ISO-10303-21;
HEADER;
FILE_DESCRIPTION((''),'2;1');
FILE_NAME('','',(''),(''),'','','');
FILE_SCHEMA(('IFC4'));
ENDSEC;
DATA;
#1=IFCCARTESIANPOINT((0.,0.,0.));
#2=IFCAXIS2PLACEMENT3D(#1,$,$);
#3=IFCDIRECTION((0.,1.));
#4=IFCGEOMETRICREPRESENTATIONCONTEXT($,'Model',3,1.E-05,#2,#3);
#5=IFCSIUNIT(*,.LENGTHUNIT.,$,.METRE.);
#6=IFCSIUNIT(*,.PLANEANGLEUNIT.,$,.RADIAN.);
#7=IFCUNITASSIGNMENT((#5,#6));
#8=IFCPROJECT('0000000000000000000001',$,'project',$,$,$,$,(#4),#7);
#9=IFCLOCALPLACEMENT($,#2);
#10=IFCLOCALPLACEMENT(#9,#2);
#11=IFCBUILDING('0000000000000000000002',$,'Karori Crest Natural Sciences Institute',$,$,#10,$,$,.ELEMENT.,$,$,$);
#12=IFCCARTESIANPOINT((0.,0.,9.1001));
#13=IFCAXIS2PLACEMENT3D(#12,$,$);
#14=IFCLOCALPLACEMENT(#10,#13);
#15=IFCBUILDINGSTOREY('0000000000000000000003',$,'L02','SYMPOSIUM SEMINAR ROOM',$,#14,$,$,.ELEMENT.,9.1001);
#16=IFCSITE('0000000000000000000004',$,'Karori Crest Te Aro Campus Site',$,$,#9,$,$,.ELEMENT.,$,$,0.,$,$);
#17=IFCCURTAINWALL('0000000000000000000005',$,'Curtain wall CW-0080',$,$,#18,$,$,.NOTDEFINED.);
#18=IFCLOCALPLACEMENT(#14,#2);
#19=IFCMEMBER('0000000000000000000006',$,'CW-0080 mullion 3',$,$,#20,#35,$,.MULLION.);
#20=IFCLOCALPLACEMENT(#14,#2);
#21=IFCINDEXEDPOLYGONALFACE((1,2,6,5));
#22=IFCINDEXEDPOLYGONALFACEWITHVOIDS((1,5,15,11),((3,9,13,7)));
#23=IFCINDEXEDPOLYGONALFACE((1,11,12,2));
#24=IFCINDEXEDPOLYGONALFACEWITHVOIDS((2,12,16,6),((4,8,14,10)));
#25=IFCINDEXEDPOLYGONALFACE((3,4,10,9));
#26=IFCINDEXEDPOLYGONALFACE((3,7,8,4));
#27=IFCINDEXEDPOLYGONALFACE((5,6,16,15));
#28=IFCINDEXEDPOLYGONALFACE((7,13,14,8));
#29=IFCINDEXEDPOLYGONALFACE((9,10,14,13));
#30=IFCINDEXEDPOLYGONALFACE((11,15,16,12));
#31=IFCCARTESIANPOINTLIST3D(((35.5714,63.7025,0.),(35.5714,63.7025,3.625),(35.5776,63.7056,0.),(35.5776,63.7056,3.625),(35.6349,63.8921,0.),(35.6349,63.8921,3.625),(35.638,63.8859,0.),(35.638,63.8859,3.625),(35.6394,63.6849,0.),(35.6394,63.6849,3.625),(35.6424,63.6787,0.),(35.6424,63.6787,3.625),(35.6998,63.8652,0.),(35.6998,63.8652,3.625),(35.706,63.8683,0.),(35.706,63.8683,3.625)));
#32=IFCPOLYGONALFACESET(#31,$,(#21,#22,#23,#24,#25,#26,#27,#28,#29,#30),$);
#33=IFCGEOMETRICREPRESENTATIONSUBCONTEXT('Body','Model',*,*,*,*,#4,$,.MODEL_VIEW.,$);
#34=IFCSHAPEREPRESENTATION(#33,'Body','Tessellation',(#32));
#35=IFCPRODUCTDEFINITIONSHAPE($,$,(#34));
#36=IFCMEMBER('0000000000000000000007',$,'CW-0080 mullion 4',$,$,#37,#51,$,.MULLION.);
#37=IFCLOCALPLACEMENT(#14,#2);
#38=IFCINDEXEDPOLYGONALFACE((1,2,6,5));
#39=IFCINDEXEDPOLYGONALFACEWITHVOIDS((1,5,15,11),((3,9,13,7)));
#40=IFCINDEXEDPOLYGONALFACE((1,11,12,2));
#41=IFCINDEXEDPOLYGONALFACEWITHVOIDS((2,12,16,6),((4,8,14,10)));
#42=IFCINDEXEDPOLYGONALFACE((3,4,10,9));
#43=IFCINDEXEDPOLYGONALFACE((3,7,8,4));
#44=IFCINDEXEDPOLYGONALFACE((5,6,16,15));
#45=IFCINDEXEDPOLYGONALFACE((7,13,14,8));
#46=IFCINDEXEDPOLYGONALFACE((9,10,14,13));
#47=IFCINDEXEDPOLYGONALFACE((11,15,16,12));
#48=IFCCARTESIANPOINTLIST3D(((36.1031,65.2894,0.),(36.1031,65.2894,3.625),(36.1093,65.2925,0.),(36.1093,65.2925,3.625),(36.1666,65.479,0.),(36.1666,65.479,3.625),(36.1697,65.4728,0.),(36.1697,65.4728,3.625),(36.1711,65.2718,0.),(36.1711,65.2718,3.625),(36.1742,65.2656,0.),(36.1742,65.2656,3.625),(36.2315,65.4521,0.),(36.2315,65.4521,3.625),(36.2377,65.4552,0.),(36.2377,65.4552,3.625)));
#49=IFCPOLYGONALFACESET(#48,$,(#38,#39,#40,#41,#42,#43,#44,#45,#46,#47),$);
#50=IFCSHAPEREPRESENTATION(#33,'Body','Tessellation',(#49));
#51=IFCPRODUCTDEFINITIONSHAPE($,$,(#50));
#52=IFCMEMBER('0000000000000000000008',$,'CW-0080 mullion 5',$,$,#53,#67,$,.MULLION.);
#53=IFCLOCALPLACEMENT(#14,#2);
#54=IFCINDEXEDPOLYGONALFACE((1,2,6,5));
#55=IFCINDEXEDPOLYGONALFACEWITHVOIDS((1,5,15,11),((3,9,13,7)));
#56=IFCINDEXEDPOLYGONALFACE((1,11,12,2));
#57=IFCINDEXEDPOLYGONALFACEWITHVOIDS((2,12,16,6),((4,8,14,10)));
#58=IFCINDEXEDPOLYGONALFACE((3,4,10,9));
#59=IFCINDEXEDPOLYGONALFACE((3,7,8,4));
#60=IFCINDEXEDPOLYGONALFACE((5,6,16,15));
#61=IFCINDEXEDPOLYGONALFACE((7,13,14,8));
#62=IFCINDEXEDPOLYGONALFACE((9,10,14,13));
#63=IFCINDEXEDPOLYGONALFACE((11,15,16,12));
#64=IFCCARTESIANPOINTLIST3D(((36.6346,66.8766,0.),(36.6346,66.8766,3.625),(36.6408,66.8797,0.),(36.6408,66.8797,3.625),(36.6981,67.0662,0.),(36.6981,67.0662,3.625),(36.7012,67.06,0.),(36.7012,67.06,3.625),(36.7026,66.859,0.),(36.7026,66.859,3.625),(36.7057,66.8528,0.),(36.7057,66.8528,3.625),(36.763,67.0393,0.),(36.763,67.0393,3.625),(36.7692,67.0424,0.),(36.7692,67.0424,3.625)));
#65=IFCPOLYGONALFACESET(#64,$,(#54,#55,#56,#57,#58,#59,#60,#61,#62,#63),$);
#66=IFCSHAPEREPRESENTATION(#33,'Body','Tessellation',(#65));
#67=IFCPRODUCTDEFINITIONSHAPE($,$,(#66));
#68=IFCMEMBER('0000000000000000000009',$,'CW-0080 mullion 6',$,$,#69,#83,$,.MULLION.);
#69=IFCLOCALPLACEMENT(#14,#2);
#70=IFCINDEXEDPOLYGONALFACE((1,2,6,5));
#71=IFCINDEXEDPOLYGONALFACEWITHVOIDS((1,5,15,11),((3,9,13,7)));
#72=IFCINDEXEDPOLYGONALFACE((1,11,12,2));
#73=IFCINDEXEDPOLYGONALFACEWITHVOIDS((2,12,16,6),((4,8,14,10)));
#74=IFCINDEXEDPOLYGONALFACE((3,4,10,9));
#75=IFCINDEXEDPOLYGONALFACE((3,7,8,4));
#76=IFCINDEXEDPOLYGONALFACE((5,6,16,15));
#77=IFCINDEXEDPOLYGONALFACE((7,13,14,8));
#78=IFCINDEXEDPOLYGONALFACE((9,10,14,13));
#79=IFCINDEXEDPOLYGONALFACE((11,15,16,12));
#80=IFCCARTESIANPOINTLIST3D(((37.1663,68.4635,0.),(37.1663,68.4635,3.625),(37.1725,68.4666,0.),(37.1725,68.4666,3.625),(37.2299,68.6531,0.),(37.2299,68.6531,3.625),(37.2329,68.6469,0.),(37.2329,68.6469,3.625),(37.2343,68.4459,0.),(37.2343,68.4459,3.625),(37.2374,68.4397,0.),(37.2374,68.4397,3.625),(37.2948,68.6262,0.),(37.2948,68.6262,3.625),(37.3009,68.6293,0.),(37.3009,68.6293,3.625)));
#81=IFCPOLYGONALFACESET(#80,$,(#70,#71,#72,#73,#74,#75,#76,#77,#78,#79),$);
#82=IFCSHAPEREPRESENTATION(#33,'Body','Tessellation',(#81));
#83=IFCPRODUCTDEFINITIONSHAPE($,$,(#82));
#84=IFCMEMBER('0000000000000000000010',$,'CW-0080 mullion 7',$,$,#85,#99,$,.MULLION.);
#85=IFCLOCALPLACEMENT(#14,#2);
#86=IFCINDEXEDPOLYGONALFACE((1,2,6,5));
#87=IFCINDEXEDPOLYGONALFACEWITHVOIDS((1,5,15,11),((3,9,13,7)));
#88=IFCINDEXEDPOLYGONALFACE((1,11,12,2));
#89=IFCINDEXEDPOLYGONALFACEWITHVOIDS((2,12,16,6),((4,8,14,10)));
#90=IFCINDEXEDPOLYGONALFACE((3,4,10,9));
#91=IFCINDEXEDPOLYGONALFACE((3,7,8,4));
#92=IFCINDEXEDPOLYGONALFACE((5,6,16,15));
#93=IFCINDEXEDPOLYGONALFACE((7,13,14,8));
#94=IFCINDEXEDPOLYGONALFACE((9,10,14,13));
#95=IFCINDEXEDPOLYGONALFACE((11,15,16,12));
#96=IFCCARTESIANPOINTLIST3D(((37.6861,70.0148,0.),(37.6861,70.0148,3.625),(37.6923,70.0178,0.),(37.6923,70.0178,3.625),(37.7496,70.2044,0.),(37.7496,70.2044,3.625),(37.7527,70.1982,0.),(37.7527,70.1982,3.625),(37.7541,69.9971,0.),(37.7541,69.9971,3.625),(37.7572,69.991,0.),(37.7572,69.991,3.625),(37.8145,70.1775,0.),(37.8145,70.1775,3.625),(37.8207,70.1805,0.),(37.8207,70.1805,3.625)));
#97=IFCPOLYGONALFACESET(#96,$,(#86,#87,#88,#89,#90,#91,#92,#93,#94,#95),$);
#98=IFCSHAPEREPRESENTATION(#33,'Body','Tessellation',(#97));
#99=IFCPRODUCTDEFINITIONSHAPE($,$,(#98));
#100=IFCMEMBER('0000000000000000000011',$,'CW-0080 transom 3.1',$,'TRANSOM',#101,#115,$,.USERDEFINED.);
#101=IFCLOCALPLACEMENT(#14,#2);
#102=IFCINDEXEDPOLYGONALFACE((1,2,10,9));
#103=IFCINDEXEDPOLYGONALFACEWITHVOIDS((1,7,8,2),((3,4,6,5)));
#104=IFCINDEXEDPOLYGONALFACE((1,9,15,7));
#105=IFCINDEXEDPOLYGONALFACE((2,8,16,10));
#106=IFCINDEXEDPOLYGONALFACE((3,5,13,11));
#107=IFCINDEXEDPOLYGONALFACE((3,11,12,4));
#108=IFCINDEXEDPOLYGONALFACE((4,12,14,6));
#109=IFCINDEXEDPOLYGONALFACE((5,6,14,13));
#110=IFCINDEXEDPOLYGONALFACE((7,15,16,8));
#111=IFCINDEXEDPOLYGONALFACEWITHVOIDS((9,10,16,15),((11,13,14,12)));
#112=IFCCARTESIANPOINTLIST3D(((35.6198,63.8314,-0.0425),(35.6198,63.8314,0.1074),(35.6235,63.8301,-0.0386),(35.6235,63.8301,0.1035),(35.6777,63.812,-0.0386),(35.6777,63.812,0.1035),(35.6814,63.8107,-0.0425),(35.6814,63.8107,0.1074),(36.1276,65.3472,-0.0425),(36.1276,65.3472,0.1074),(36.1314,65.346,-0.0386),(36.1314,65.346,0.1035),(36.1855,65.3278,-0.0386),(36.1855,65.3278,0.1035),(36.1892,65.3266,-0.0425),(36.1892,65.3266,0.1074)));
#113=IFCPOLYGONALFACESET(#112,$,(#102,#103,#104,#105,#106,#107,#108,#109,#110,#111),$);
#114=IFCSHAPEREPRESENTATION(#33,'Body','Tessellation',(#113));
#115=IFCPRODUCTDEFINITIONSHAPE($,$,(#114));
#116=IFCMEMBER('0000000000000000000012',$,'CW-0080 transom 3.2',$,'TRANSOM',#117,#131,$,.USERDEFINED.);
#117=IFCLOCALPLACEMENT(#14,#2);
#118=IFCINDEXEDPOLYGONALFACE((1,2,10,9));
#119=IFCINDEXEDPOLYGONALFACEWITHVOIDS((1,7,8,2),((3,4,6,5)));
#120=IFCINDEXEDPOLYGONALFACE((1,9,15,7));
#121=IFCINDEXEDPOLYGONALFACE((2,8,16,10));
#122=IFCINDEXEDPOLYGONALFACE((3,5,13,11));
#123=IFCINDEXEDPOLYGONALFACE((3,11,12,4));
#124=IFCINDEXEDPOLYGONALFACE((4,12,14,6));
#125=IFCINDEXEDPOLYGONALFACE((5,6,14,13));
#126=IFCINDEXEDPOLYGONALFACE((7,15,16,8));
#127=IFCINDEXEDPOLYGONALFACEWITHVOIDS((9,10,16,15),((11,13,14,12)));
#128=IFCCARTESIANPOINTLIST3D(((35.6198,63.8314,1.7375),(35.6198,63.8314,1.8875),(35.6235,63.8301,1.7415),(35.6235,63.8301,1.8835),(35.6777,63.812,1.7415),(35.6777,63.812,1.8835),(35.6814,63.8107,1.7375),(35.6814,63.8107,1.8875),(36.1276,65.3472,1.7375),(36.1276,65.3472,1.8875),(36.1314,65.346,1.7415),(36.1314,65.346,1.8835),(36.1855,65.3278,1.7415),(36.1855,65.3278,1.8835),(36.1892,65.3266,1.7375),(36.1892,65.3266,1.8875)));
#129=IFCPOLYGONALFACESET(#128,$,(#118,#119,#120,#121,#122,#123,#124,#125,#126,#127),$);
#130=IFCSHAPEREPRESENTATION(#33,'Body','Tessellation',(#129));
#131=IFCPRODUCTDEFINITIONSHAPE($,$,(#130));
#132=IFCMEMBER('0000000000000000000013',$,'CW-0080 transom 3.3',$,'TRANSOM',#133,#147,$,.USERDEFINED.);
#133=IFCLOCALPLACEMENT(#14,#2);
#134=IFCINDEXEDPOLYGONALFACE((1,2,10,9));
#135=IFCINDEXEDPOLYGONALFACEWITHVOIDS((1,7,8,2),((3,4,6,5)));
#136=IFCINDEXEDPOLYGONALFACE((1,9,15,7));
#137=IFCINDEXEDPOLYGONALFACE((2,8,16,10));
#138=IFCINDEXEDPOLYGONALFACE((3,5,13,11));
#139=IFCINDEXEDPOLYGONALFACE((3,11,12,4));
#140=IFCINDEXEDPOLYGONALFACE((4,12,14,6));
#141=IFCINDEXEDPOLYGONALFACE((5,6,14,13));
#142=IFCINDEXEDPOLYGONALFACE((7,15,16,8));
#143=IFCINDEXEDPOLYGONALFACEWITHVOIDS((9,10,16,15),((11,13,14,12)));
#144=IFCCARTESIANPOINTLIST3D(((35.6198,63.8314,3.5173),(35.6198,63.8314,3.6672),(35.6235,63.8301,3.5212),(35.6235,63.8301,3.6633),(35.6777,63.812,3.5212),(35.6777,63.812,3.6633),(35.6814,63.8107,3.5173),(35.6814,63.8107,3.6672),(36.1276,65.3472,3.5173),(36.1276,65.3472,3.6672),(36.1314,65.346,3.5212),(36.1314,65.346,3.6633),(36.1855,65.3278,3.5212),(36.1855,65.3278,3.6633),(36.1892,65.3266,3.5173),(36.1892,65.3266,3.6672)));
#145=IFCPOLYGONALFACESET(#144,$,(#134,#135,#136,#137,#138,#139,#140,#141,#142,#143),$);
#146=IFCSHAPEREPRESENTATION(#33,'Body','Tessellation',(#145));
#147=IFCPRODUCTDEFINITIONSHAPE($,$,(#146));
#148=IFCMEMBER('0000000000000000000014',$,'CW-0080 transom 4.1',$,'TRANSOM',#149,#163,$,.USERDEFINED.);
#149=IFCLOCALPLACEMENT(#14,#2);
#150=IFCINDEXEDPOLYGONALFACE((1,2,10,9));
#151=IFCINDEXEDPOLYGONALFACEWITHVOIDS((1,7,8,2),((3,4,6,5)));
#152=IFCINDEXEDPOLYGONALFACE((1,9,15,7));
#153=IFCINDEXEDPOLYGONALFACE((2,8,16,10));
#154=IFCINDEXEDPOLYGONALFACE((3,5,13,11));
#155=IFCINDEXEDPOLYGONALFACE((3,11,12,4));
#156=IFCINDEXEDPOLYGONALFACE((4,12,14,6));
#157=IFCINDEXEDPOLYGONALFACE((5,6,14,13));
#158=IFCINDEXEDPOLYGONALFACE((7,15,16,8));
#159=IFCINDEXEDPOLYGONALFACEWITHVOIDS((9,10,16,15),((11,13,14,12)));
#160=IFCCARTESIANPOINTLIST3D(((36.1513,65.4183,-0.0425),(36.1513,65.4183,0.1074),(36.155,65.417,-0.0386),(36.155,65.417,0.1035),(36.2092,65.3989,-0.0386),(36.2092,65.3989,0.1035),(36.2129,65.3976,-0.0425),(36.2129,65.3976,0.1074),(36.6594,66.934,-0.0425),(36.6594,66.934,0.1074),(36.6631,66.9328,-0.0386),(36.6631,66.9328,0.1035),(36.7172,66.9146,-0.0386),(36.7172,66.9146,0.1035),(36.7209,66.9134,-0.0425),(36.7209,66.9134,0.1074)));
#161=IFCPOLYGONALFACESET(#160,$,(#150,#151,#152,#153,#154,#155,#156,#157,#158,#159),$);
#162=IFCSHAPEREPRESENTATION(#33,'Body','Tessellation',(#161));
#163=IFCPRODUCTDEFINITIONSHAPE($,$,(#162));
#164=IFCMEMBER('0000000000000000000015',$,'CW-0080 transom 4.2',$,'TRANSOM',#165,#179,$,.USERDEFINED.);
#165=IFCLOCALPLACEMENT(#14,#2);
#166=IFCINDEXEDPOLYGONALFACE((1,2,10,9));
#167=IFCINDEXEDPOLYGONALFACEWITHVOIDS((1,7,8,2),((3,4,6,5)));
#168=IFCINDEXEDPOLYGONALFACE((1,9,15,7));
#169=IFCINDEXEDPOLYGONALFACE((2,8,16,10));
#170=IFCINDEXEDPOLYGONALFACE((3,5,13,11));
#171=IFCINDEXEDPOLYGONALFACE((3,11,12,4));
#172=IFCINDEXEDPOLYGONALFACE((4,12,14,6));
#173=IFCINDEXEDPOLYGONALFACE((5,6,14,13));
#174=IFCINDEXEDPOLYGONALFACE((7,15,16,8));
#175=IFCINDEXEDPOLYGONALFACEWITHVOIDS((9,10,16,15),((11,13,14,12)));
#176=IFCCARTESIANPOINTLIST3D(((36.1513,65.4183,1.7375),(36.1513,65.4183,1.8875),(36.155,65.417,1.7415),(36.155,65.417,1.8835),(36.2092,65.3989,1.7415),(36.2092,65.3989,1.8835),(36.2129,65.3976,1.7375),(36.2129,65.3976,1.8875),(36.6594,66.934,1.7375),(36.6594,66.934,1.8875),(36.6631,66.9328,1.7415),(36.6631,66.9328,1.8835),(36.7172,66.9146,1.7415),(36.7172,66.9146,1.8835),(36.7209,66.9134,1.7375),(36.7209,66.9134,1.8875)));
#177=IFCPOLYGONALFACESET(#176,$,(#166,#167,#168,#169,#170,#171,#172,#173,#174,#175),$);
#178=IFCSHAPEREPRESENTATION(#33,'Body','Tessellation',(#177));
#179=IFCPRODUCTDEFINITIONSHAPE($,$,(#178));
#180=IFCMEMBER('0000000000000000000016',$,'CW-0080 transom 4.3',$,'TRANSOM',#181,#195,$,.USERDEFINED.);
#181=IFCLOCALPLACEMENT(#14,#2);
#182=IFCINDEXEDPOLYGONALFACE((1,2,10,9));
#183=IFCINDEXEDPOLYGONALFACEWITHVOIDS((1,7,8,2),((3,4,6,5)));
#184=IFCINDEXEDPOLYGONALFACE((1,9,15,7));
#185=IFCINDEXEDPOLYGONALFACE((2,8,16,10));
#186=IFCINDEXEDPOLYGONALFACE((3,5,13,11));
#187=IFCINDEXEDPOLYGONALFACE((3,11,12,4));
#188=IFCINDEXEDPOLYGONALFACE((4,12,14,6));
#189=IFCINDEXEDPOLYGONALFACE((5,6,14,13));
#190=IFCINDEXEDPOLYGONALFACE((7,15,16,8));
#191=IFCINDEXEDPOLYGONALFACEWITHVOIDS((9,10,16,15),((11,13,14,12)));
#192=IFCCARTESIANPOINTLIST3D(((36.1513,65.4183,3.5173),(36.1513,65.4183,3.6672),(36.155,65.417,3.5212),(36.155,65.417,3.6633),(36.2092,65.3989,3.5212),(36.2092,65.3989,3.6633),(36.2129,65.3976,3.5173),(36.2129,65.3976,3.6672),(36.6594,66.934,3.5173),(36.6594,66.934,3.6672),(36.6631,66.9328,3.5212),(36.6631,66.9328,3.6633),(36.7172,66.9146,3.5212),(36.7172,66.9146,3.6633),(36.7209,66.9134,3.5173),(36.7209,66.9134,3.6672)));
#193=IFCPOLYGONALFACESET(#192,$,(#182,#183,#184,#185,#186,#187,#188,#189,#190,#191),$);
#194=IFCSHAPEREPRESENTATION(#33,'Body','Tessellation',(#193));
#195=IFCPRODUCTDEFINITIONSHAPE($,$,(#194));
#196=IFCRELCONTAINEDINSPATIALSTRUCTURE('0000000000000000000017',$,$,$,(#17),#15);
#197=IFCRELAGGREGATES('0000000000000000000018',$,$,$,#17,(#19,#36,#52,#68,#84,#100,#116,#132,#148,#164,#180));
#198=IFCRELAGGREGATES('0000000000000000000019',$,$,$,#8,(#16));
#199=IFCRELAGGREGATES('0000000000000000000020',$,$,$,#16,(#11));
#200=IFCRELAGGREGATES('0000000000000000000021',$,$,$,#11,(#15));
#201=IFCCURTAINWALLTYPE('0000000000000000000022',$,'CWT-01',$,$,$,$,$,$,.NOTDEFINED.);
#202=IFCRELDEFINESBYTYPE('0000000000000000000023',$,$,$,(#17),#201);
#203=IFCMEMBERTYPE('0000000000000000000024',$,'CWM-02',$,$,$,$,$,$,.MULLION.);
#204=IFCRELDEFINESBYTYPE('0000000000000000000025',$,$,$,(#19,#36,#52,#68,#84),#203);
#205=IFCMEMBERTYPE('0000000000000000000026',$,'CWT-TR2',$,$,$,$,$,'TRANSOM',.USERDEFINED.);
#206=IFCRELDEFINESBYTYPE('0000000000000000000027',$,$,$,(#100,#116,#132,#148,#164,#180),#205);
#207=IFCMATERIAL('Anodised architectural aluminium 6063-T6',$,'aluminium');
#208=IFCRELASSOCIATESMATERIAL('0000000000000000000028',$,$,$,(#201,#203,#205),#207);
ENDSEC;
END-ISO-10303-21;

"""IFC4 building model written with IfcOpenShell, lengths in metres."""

from ifc_helpers import new_model, si_unit, direction, frame, origin, origin_2d, place, context, subcontext, project, spatial, hollow_rectangle, extrude, material, material_profile, profile_set, type_object, element, aggregate, save


model = new_model("IFC4")

# Units and contexts
model_context = context("Model", 3, precision=1e-05, world=origin(), true_north=direction((0.0, 1.0)))
body_context = subcontext(model_context, "Body", "Model", "MODEL_VIEW")
ifc_project = project(units=[si_unit("LENGTHUNIT", "METRE"), si_unit("PLANEANGLEUNIT", "RADIAN")], contexts=[model_context])

# Site, building, storey
site_placement = place(None, origin())
site = spatial("IfcSite", under=ifc_project, at=site_placement, Name="Karori Crest Te Aro Campus Site", CompositionType="ELEMENT", RefElevation=0.0)
building_placement = place(site_placement, origin())
building = spatial("IfcBuilding", under=site, at=building_placement, Name="Karori Crest Natural Sciences Institute", CompositionType="ELEMENT")
storey_placement = place(building_placement, frame((0.0, 0.0, 9.1001)))
storey = spatial("IfcBuildingStorey", under=building, at=storey_placement, Name="L02", Description="SYMPOSIUM SEMINAR ROOM", CompositionType="ELEMENT", Elevation=9.1001)

# Shared definitions
ifc_material_1 = material(Name="Anodised architectural aluminium 6063-T6", Category="aluminium")

# Curtain wall, members
curtain_wall_type_1 = type_object("IfcCurtainWallType", Name="CWT-01", PredefinedType="NOTDEFINED", material=ifc_material_1)
curtain_wall_1_placement = place(storey_placement, origin())
curtain_wall_1 = element("IfcCurtainWall", 1, at=curtain_wall_1_placement, inside=storey, type_object=curtain_wall_type_1, Name="Curtain wall CW-0080", PredefinedType="NOTDEFINED")
ifc_material_profile_1 = material_profile(ifc_material_1, hollow_rectangle(XDim=0.075, YDim=0.2, WallThickness=0.0049, at=origin_2d()), Name="CWM200x75x5")
ifc_profile_set_1 = profile_set([ifc_material_profile_1], Name="Anodised architectural aluminium 6063-T6")
member_type_1 = type_object("IfcMemberType", Name="CWM-02", PredefinedType="MULLION", material=ifc_profile_set_1)
member_1_placement = place(storey_placement, frame((35.6387, 63.7854, 0.0), z_axis=(0.0, 0.0, 1.0), x_axis=(-0.948196, 0.317685, 0.0)))
member_1 = element("IfcMember", 2, at=member_1_placement, type_object=member_type_1, Name="CW-0080 mullion 3", PredefinedType="MULLION", context=body_context, shape_type="SweptSolid", body=[
    extrude(hollow_rectangle(XDim=0.075, YDim=0.2, WallThickness=0.0049, at=origin_2d()), origin(), (0.0, 0.0, 1.0), 3.625),
])
member_2_placement = place(storey_placement, frame((36.1704, 65.3723, 0.0), z_axis=(0.0, 0.0, 1.0), x_axis=(-0.948196, 0.317685, 0.0)))
member_2 = element("IfcMember", 3, at=member_2_placement, type_object=member_type_1, Name="CW-0080 mullion 4", PredefinedType="MULLION", context=body_context, shape_type="SweptSolid", body=[
    extrude(hollow_rectangle(XDim=0.075, YDim=0.2, WallThickness=0.0049, at=origin_2d()), origin(), (0.0, 0.0, 1.0), 3.625),
])
member_3_placement = place(storey_placement, frame((36.7019, 66.9595, 0.0), z_axis=(0.0, 0.0, 1.0), x_axis=(-0.948196, 0.317685, 0.0)))
member_3 = element("IfcMember", 4, at=member_3_placement, type_object=member_type_1, Name="CW-0080 mullion 5", PredefinedType="MULLION", context=body_context, shape_type="SweptSolid", body=[
    extrude(hollow_rectangle(XDim=0.075, YDim=0.2, WallThickness=0.0049, at=origin_2d()), origin(), (0.0, 0.0, 1.0), 3.625),
])
member_4_placement = place(storey_placement, frame((37.2336, 68.5464, 0.0), z_axis=(0.0, 0.0, 1.0), x_axis=(-0.948196, 0.317685, 0.0)))
member_4 = element("IfcMember", 5, at=member_4_placement, type_object=member_type_1, Name="CW-0080 mullion 6", PredefinedType="MULLION", context=body_context, shape_type="SweptSolid", body=[
    extrude(hollow_rectangle(XDim=0.075, YDim=0.2, WallThickness=0.0049, at=origin_2d()), origin(), (0.0, 0.0, 1.0), 3.625),
])
member_5_placement = place(storey_placement, frame((37.7534, 70.0977, 0.0), z_axis=(0.0, 0.0, 1.0), x_axis=(-0.948196, 0.317685, 0.0)))
member_5 = element("IfcMember", 6, at=member_5_placement, type_object=member_type_1, Name="CW-0080 mullion 7", PredefinedType="MULLION", context=body_context, shape_type="SweptSolid", body=[
    extrude(hollow_rectangle(XDim=0.075, YDim=0.2, WallThickness=0.0049, at=origin_2d()), origin(), (0.0, 0.0, 1.0), 3.625),
])
ifc_material_profile_2 = material_profile(ifc_material_1, hollow_rectangle(XDim=0.0649, YDim=0.1499, WallThickness=0.0039, at=origin_2d()), Name="CWT150x65x4")
ifc_profile_set_2 = profile_set([ifc_material_profile_2], Name="Anodised architectural aluminium 6063-T6")
member_type_2 = type_object("IfcMemberType", Name="CWT-TR2", ElementType="TRANSOM", PredefinedType="USERDEFINED", material=ifc_profile_set_2)
member_6_placement = place(storey_placement, frame((35.6506, 63.821, 0.0325), z_axis=(0.317648, 0.948209, 0.0), x_axis=(-0.948209, 0.317648, 0.0)))
member_6 = element("IfcMember", 7, at=member_6_placement, type_object=member_type_2, Name="CW-0080 transom 3.1", ObjectType="TRANSOM", PredefinedType="USERDEFINED", context=body_context, shape_type="SweptSolid", body=[
    extrude(hollow_rectangle(XDim=0.0649, YDim=0.1499, WallThickness=0.0039, at=origin_2d()), origin(), (0.0, 0.0, 1.0), 1.5986),
])
member_7_placement = place(storey_placement, frame((35.6506, 63.821, 1.8125), z_axis=(0.317648, 0.948209, 0.0), x_axis=(-0.948209, 0.317648, 0.0)))
member_7 = element("IfcMember", 8, at=member_7_placement, type_object=member_type_2, Name="CW-0080 transom 3.2", ObjectType="TRANSOM", PredefinedType="USERDEFINED", context=body_context, shape_type="SweptSolid", body=[
    extrude(hollow_rectangle(XDim=0.0649, YDim=0.1499, WallThickness=0.0039, at=origin_2d()), origin(), (0.0, 0.0, 1.0), 1.5986),
])
member_8_placement = place(storey_placement, frame((35.6506, 63.821, 3.5923), z_axis=(0.317648, 0.948209, 0.0), x_axis=(-0.948209, 0.317648, 0.0)))
member_8 = element("IfcMember", 9, at=member_8_placement, type_object=member_type_2, Name="CW-0080 transom 3.3", ObjectType="TRANSOM", PredefinedType="USERDEFINED", context=body_context, shape_type="SweptSolid", body=[
    extrude(hollow_rectangle(XDim=0.0649, YDim=0.1499, WallThickness=0.0039, at=origin_2d()), origin(), (0.0, 0.0, 1.0), 1.5986),
])
member_9_placement = place(storey_placement, frame((36.1821, 65.408, 0.0325), z_axis=(0.317785, 0.948163, 0.0), x_axis=(-0.948163, 0.317785, 0.0)))
member_9 = element("IfcMember", 10, at=member_9_placement, type_object=member_type_2, Name="CW-0080 transom 4.1", ObjectType="TRANSOM", PredefinedType="USERDEFINED", context=body_context, shape_type="SweptSolid", body=[
    extrude(hollow_rectangle(XDim=0.0649, YDim=0.1499, WallThickness=0.0039, at=origin_2d()), origin(), (0.0, 0.0, 1.0), 1.5986),
])
member_10_placement = place(storey_placement, frame((36.1821, 65.408, 1.8125), z_axis=(0.317785, 0.948163, 0.0), x_axis=(-0.948163, 0.317785, 0.0)))
member_10 = element("IfcMember", 11, at=member_10_placement, type_object=member_type_2, Name="CW-0080 transom 4.2", ObjectType="TRANSOM", PredefinedType="USERDEFINED", context=body_context, shape_type="SweptSolid", body=[
    extrude(hollow_rectangle(XDim=0.0649, YDim=0.1499, WallThickness=0.0039, at=origin_2d()), origin(), (0.0, 0.0, 1.0), 1.5986),
])
member_11_placement = place(storey_placement, frame((36.1821, 65.408, 3.5923), z_axis=(0.317785, 0.948163, 0.0), x_axis=(-0.948163, 0.317785, 0.0)))
member_11 = element("IfcMember", 12, at=member_11_placement, type_object=member_type_2, Name="CW-0080 transom 4.3", ObjectType="TRANSOM", PredefinedType="USERDEFINED", context=body_context, shape_type="SweptSolid", body=[
    extrude(hollow_rectangle(XDim=0.0649, YDim=0.1499, WallThickness=0.0039, at=origin_2d()), origin(), (0.0, 0.0, 1.0), 1.5986),
])
aggregate(curtain_wall_1, [member_1, member_2, member_3, member_4, member_5, member_6, member_7, member_8, member_9, member_10, member_11])

save(model, "model.ifc")
